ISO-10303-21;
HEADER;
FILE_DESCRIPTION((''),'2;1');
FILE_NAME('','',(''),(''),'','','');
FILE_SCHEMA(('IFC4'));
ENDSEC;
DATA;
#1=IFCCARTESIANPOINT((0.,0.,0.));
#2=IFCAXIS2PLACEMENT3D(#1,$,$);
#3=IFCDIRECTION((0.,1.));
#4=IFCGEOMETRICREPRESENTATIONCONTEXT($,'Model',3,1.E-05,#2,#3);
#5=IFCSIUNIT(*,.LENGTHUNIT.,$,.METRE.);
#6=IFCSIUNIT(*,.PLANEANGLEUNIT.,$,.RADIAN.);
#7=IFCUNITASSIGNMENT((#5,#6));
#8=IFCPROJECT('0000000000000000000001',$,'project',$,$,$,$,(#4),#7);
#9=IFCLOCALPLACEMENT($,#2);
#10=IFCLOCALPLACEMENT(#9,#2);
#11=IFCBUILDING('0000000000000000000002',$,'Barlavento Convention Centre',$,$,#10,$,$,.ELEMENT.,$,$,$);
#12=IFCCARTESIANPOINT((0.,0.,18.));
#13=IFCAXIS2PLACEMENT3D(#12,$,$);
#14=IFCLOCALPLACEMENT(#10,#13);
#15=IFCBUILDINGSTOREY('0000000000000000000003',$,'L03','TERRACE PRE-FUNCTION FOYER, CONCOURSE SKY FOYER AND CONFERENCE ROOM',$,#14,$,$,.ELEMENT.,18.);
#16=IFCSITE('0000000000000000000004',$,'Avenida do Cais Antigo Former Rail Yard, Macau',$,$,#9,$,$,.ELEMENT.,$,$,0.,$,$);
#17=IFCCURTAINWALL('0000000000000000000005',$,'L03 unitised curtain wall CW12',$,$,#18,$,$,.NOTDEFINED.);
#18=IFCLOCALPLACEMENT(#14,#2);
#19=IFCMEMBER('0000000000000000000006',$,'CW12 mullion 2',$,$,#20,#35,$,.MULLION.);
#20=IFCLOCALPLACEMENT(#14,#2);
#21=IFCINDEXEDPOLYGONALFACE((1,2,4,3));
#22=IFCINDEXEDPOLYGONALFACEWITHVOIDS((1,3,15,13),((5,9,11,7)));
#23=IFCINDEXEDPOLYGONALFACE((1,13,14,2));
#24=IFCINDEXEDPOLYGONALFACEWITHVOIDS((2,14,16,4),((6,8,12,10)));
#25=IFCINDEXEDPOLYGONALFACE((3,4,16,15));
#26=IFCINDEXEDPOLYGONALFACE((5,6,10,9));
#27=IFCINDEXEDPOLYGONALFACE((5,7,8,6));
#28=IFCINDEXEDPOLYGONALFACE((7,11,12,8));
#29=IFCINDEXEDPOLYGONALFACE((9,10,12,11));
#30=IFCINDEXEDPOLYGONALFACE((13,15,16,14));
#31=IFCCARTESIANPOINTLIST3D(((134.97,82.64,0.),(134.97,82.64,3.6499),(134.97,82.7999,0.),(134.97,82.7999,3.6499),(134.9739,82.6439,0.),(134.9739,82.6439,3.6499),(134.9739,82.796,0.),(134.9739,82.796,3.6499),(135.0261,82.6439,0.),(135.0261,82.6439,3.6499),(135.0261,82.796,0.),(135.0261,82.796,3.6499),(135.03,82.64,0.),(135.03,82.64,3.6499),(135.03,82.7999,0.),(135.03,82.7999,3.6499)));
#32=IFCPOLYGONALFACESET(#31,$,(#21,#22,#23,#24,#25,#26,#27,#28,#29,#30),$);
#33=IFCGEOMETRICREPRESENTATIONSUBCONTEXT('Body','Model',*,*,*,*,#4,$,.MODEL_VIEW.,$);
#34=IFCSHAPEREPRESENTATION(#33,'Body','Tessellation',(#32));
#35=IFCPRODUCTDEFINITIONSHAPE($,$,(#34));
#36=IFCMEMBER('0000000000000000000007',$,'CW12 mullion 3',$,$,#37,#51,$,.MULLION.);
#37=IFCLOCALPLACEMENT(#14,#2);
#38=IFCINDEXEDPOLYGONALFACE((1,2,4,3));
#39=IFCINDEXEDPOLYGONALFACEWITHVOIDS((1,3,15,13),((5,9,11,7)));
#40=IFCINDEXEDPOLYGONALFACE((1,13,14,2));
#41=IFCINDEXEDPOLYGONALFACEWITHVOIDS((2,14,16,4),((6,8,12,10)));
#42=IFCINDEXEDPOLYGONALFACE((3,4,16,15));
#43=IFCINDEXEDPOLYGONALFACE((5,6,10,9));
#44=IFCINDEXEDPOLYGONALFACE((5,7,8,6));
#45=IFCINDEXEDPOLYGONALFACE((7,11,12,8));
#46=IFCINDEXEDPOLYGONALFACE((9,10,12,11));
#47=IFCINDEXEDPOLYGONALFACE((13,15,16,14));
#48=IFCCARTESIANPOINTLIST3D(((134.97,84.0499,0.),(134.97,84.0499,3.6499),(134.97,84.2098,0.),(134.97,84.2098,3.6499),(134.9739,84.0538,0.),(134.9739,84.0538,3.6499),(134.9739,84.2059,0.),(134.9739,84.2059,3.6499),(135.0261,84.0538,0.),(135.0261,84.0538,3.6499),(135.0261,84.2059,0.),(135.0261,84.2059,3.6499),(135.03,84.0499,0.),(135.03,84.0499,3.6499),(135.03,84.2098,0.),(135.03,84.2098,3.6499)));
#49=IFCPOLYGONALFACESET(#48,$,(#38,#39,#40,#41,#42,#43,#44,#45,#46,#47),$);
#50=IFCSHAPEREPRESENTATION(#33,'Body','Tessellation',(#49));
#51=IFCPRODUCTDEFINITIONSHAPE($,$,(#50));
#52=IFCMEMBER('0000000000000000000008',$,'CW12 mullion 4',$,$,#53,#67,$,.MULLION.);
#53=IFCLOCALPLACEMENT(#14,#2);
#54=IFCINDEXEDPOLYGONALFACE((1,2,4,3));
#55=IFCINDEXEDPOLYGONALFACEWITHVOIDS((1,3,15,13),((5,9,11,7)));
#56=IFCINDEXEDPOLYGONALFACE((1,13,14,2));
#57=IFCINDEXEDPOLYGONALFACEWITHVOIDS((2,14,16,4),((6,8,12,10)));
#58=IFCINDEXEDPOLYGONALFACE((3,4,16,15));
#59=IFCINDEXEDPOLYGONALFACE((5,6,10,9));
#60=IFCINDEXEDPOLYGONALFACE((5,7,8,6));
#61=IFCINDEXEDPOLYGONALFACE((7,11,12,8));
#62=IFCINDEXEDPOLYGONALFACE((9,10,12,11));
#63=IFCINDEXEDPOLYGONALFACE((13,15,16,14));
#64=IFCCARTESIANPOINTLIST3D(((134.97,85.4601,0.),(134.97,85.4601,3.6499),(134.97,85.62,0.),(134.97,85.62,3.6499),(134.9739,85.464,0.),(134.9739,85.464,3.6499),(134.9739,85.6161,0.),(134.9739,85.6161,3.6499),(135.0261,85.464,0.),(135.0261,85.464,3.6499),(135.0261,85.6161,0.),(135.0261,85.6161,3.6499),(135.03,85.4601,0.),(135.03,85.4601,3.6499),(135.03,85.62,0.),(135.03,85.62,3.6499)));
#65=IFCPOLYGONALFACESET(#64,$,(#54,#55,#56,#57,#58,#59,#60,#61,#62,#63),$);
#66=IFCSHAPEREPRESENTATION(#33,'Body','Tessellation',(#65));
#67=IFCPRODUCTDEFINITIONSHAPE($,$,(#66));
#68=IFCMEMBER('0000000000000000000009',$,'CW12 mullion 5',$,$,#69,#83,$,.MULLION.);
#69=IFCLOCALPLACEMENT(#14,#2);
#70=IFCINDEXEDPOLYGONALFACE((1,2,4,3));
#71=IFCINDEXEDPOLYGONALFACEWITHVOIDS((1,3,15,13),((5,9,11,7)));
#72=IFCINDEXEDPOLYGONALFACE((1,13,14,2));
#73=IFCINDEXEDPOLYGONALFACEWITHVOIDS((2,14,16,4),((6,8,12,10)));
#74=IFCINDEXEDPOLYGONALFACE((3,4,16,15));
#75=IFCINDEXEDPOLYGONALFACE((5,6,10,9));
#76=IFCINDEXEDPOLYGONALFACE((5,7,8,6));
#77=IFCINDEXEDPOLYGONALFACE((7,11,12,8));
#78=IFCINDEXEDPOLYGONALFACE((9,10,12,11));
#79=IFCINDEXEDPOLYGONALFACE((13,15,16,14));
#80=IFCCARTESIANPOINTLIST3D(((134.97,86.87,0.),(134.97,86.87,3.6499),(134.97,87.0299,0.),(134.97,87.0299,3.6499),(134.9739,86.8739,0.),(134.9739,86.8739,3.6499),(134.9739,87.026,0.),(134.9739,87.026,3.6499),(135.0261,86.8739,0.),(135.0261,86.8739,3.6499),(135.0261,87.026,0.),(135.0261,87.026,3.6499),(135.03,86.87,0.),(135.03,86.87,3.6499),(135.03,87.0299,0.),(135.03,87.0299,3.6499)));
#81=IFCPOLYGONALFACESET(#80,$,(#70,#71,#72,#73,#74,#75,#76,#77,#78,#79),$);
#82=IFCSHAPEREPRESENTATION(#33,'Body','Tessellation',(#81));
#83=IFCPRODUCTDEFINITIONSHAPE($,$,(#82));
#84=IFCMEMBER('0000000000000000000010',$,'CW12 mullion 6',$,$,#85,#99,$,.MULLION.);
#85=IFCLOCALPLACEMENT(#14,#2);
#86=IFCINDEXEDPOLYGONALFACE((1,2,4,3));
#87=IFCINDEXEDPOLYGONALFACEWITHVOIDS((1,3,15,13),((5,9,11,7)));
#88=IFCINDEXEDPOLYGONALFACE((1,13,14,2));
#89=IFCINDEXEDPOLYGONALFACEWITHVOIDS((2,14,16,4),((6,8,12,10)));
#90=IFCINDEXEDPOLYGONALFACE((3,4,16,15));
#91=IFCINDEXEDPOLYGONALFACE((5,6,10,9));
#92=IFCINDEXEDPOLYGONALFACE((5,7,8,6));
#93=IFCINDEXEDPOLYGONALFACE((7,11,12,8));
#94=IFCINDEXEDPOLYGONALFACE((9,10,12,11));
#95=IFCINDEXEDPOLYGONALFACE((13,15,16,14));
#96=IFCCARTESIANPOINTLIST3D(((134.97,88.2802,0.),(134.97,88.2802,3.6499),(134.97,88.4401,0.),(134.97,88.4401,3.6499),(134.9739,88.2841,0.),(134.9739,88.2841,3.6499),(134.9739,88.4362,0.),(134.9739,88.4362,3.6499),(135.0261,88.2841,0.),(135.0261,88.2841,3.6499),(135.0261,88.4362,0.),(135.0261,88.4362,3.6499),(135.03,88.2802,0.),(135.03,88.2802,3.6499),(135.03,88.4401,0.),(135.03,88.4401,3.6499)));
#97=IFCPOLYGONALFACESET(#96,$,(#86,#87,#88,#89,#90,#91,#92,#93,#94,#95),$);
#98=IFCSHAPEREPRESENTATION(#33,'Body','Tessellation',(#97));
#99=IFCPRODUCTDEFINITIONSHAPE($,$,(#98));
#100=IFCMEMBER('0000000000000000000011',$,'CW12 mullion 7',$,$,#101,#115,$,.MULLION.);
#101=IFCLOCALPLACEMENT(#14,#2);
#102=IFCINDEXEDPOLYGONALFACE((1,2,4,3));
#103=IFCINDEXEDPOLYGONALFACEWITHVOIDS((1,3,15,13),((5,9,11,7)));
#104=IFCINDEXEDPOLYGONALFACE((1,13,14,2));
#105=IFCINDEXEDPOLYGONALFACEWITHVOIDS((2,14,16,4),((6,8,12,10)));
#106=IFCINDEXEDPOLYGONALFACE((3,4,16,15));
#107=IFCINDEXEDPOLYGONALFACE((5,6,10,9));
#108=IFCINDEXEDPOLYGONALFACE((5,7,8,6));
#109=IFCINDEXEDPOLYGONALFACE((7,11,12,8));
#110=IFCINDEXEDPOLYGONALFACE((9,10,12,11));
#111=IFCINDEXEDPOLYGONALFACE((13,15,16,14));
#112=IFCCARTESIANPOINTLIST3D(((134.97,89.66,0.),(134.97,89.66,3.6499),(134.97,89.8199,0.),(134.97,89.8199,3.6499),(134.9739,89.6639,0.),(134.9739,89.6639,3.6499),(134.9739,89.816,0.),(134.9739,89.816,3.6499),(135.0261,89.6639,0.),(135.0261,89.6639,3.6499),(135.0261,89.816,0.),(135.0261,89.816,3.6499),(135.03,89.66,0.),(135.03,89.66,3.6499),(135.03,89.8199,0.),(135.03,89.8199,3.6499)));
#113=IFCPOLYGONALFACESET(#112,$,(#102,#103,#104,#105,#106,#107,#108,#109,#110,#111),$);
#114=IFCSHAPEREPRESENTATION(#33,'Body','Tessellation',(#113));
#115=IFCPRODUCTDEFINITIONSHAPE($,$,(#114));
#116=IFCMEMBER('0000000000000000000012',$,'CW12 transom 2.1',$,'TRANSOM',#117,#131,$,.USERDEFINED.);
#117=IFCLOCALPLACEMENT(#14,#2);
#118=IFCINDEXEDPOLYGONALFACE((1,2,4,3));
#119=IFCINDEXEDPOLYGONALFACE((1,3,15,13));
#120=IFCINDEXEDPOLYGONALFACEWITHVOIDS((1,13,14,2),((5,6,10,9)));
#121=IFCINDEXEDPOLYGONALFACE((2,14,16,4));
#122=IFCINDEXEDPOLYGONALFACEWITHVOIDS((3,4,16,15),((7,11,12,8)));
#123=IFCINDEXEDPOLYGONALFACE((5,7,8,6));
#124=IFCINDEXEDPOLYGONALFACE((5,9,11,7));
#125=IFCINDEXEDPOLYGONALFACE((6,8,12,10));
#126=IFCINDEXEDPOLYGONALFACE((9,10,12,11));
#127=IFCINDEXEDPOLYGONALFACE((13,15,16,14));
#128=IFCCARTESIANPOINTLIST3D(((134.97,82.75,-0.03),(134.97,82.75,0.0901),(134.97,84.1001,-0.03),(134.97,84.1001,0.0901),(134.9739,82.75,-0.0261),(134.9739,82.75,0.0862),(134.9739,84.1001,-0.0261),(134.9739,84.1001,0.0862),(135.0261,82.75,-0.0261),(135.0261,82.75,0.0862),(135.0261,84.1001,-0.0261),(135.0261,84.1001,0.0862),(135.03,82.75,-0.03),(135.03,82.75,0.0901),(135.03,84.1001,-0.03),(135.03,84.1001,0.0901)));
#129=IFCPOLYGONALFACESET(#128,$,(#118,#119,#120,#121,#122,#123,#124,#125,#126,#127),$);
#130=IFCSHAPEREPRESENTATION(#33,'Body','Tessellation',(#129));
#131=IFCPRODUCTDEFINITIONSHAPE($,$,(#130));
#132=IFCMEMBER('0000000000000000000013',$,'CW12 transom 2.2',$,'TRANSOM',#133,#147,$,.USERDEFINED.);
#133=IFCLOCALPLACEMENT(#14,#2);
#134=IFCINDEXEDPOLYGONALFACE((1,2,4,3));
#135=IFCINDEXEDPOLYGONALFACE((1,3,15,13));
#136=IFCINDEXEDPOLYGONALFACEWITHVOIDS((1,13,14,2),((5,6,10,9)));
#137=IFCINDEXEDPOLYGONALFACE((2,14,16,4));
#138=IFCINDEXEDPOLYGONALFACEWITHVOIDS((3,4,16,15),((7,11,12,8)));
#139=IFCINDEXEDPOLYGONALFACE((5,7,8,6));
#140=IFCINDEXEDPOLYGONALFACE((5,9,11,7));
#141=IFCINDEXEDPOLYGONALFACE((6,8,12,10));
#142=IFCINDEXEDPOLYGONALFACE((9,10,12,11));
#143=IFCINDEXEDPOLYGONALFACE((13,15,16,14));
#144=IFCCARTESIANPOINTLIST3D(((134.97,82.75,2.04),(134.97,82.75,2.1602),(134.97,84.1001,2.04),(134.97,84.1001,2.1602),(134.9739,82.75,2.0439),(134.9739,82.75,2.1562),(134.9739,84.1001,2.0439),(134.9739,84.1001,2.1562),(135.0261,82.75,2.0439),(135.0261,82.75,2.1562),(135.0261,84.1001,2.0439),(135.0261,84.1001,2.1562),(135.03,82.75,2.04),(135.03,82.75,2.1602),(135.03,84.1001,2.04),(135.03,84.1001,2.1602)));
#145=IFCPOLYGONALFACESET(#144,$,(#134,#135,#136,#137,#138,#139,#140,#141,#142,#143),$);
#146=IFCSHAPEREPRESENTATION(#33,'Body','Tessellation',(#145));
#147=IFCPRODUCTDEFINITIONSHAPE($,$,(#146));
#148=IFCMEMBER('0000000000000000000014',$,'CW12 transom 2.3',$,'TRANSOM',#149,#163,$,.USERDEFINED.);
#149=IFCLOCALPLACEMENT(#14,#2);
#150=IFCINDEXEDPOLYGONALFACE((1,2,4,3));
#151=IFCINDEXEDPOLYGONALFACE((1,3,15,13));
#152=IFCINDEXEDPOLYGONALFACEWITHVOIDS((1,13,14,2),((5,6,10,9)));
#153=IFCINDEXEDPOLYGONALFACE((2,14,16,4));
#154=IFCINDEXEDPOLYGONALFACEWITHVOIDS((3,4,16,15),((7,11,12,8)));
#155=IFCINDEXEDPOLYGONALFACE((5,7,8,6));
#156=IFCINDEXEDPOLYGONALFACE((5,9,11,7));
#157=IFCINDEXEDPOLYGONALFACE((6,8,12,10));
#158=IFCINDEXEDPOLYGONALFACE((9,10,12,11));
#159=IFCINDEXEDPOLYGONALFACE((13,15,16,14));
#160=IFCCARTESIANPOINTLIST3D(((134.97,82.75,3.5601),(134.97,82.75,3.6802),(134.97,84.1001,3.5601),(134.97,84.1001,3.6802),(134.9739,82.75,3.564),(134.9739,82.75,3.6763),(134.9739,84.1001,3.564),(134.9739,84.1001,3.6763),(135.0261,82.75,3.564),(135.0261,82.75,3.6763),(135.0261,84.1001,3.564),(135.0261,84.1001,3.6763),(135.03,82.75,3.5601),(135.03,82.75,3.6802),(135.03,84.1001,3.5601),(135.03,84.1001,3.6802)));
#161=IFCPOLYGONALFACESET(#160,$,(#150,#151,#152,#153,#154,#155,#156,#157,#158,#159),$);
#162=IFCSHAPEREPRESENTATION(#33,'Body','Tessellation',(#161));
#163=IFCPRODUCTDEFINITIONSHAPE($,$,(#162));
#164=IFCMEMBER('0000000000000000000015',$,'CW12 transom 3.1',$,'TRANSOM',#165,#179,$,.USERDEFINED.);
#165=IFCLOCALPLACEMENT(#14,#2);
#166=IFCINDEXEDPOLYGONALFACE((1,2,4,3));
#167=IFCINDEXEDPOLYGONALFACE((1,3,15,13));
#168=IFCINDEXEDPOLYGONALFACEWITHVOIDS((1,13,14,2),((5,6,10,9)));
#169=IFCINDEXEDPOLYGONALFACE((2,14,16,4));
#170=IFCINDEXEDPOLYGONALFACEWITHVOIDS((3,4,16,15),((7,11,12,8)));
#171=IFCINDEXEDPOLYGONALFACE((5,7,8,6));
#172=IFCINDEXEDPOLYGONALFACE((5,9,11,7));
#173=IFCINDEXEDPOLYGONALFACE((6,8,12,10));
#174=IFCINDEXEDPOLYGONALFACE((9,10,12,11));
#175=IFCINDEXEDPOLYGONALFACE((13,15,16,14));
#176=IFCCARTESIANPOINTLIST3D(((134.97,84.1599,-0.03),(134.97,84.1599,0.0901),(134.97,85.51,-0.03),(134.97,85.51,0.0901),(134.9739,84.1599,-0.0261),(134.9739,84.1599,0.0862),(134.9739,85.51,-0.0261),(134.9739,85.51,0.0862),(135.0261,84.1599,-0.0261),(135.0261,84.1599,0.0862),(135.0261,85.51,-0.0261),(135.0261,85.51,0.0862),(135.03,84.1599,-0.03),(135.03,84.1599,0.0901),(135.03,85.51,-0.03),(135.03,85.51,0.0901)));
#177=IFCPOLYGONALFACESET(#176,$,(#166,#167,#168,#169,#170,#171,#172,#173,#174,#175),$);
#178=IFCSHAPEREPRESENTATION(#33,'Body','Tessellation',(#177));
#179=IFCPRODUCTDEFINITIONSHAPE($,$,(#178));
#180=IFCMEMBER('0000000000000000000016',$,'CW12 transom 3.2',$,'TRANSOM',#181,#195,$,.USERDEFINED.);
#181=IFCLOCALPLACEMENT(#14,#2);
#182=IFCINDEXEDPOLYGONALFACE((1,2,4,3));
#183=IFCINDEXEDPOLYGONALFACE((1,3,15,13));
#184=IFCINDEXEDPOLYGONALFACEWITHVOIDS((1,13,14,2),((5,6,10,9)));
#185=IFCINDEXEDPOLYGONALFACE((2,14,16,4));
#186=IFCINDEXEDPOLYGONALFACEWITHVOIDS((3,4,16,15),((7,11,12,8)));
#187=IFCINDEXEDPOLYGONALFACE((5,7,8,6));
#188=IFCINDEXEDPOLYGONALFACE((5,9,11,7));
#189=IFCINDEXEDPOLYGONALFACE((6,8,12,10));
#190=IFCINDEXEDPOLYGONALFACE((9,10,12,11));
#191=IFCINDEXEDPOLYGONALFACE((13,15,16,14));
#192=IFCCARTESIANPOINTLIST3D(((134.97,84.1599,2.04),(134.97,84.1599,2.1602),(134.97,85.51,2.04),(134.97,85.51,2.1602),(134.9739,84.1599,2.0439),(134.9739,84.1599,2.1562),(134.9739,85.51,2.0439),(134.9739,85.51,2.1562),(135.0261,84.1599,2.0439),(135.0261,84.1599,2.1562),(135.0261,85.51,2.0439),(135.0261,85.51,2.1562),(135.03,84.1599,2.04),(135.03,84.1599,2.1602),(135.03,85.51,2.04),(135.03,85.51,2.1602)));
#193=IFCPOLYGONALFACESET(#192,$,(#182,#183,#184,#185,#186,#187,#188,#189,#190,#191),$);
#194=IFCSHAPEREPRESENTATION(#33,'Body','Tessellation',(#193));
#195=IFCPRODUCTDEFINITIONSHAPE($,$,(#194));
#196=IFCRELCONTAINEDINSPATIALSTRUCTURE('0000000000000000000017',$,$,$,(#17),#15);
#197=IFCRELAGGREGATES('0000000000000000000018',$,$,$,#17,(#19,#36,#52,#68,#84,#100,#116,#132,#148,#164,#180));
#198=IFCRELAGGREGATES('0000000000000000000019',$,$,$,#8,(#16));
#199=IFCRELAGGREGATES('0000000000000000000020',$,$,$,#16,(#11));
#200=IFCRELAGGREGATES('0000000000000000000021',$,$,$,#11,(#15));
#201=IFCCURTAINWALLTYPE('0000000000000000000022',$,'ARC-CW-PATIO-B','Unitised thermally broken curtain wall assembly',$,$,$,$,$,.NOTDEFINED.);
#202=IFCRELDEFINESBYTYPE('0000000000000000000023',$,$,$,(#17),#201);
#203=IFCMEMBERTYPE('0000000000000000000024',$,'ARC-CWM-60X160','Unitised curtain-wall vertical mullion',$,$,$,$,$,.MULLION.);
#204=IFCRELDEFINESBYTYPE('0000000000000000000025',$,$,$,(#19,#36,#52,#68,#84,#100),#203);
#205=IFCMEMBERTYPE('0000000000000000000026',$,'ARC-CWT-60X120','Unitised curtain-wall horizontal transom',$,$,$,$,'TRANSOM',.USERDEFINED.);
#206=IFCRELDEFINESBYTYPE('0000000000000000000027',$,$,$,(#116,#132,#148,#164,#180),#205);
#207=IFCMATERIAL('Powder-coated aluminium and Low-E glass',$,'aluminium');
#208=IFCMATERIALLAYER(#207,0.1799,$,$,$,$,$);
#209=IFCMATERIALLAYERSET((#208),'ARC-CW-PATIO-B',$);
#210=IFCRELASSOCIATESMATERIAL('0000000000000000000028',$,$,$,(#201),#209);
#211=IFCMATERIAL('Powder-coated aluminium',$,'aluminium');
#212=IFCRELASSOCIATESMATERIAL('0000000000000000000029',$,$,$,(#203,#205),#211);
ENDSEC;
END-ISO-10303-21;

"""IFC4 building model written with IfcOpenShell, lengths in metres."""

from ifc_helpers import new_model, si_unit, direction, frame, origin, origin_2d, place, context, subcontext, project, spatial, hollow_rectangle, extrude, material, layer, layer_set, material_profile, profile_set, type_object, element, aggregate, save


model = new_model("IFC4")

# Units and contexts
model_context = context("Model", 3, precision=1e-05, world=origin(), true_north=direction((0.0, 1.0)))
body_context = subcontext(model_context, "Body", "Model", "MODEL_VIEW")
ifc_project = project(units=[si_unit("LENGTHUNIT", "METRE"), si_unit("PLANEANGLEUNIT", "RADIAN")], contexts=[model_context])

# Site, building, storey
site_placement = place(None, origin())
site = spatial("IfcSite", under=ifc_project, at=site_placement, Name="Avenida do Cais Antigo Former Rail Yard, Macau", CompositionType="ELEMENT", RefElevation=0.0)
building_placement = place(site_placement, origin())
building = spatial("IfcBuilding", under=site, at=building_placement, Name="Barlavento Convention Centre", CompositionType="ELEMENT")
storey_placement = place(building_placement, frame((0.0, 0.0, 18.0)))
storey = spatial("IfcBuildingStorey", under=building, at=storey_placement, Name="L03", Description="TERRACE PRE-FUNCTION FOYER, CONCOURSE SKY FOYER AND CONFERENCE ROOM", CompositionType="ELEMENT", Elevation=18.0)

# Curtain wall, members
ifc_material_1 = material(Name="Powder-coated aluminium and Low-E glass", Category="aluminium")
ifc_layer_1 = layer(ifc_material_1, 0.1799)
ifc_layer_set_1 = layer_set([ifc_layer_1], Name="ARC-CW-PATIO-B")
curtain_wall_type = type_object("IfcCurtainWallType", Name="ARC-CW-PATIO-B", Description="Unitised thermally broken curtain wall assembly", PredefinedType="NOTDEFINED", material=ifc_layer_set_1)
curtain_wall_placement = place(storey_placement, origin())
curtain_wall = element("IfcCurtainWall", 1, at=curtain_wall_placement, inside=storey, type_object=curtain_wall_type, Name="L03 unitised curtain wall CW12", PredefinedType="NOTDEFINED")
ifc_material_2 = material(Name="Powder-coated aluminium", Category="aluminium")
ifc_material_profile_1 = material_profile(ifc_material_2, hollow_rectangle(XDim=0.0601, YDim=0.1599, WallThickness=0.0039, at=origin_2d()), Name="AL-MULL 60x160x4")
ifc_profile_set_1 = profile_set([ifc_material_profile_1], Name="Powder-coated aluminium")
member_type_1 = type_object("IfcMemberType", Name="ARC-CWM-60X160", Description="Unitised curtain-wall vertical mullion", PredefinedType="MULLION", material=ifc_profile_set_1)
member_1_placement = place(storey_placement, frame((135.0, 82.72, 0.0), z_axis=(0.0, 0.0, 1.0), x_axis=(-1.0, 0.0, 0.0)))
member_1 = element("IfcMember", 2, at=member_1_placement, type_object=member_type_1, Name="CW12 mullion 2", PredefinedType="MULLION", context=body_context, shape_type="SweptSolid", body=[
    extrude(hollow_rectangle(XDim=0.0601, YDim=0.1599, WallThickness=0.0039, at=origin_2d()), origin(), (0.0, 0.0, 1.0), 3.6499),
])
member_2_placement = place(storey_placement, frame((135.0, 84.1299, 0.0), z_axis=(0.0, 0.0, 1.0), x_axis=(-1.0, 0.0, 0.0)))
member_2 = element("IfcMember", 3, at=member_2_placement, type_object=member_type_1, Name="CW12 mullion 3", PredefinedType="MULLION", context=body_context, shape_type="SweptSolid", body=[
    extrude(hollow_rectangle(XDim=0.0601, YDim=0.1599, WallThickness=0.0039, at=origin_2d()), origin(), (0.0, 0.0, 1.0), 3.6499),
])
member_3_placement = place(storey_placement, frame((135.0, 85.54, 0.0), z_axis=(0.0, 0.0, 1.0), x_axis=(-1.0, 0.0, 0.0)))
member_3 = element("IfcMember", 4, at=member_3_placement, type_object=member_type_1, Name="CW12 mullion 4", PredefinedType="MULLION", context=body_context, shape_type="SweptSolid", body=[
    extrude(hollow_rectangle(XDim=0.0601, YDim=0.1599, WallThickness=0.0039, at=origin_2d()), origin(), (0.0, 0.0, 1.0), 3.6499),
])
member_4_placement = place(storey_placement, frame((135.0, 86.95, 0.0), z_axis=(0.0, 0.0, 1.0), x_axis=(-1.0, 0.0, 0.0)))
member_4 = element("IfcMember", 5, at=member_4_placement, type_object=member_type_1, Name="CW12 mullion 5", PredefinedType="MULLION", context=body_context, shape_type="SweptSolid", body=[
    extrude(hollow_rectangle(XDim=0.0601, YDim=0.1599, WallThickness=0.0039, at=origin_2d()), origin(), (0.0, 0.0, 1.0), 3.6499),
])
member_5_placement = place(storey_placement, frame((135.0, 88.3601, 0.0), z_axis=(0.0, 0.0, 1.0), x_axis=(-1.0, 0.0, 0.0)))
member_5 = element("IfcMember", 6, at=member_5_placement, type_object=member_type_1, Name="CW12 mullion 6", PredefinedType="MULLION", context=body_context, shape_type="SweptSolid", body=[
    extrude(hollow_rectangle(XDim=0.0601, YDim=0.1599, WallThickness=0.0039, at=origin_2d()), origin(), (0.0, 0.0, 1.0), 3.6499),
])
member_6_placement = place(storey_placement, frame((135.0, 89.74, 0.0), z_axis=(0.0, 0.0, 1.0), x_axis=(-1.0, 0.0, 0.0)))
member_6 = element("IfcMember", 7, at=member_6_placement, type_object=member_type_1, Name="CW12 mullion 7", PredefinedType="MULLION", context=body_context, shape_type="SweptSolid", body=[
    extrude(hollow_rectangle(XDim=0.0601, YDim=0.1599, WallThickness=0.0039, at=origin_2d()), origin(), (0.0, 0.0, 1.0), 3.6499),
])
ifc_material_profile_2 = material_profile(ifc_material_2, hollow_rectangle(XDim=0.0601, YDim=0.1201, WallThickness=0.0039, at=origin_2d()), Name="AL-TRAN 60x120x4")
ifc_profile_set_2 = profile_set([ifc_material_profile_2], Name="Powder-coated aluminium")
member_type_2 = type_object("IfcMemberType", Name="ARC-CWT-60X120", Description="Unitised curtain-wall horizontal transom", ElementType="TRANSOM", PredefinedType="USERDEFINED", material=ifc_profile_set_2)
member_7_placement = place(storey_placement, frame((135.0, 82.75, 0.03), z_axis=(0.0, 1.0, 0.0), x_axis=(-1.0, 0.0, 0.0)))
member_7 = element("IfcMember", 8, at=member_7_placement, type_object=member_type_2, Name="CW12 transom 2.1", ObjectType="TRANSOM", PredefinedType="USERDEFINED", context=body_context, shape_type="SweptSolid", body=[
    extrude(hollow_rectangle(XDim=0.0601, YDim=0.1201, WallThickness=0.0039, at=origin_2d()), origin(), (0.0, 0.0, 1.0), 1.3501),
])
member_8_placement = place(storey_placement, frame((135.0, 82.75, 2.1001), z_axis=(0.0, 1.0, 0.0), x_axis=(-1.0, 0.0, 0.0)))
member_8 = element("IfcMember", 9, at=member_8_placement, type_object=member_type_2, Name="CW12 transom 2.2", ObjectType="TRANSOM", PredefinedType="USERDEFINED", context=body_context, shape_type="SweptSolid", body=[
    extrude(hollow_rectangle(XDim=0.0601, YDim=0.1201, WallThickness=0.0039, at=origin_2d()), origin(), (0.0, 0.0, 1.0), 1.3501),
])
member_9_placement = place(storey_placement, frame((135.0, 82.75, 3.6201), z_axis=(0.0, 1.0, 0.0), x_axis=(-1.0, 0.0, 0.0)))
member_9 = element("IfcMember", 10, at=member_9_placement, type_object=member_type_2, Name="CW12 transom 2.3", ObjectType="TRANSOM", PredefinedType="USERDEFINED", context=body_context, shape_type="SweptSolid", body=[
    extrude(hollow_rectangle(XDim=0.0601, YDim=0.1201, WallThickness=0.0039, at=origin_2d()), origin(), (0.0, 0.0, 1.0), 1.3501),
])
member_10_placement = place(storey_placement, frame((135.0, 84.1599, 0.03), z_axis=(0.0, 1.0, 0.0), x_axis=(-1.0, 0.0, 0.0)))
member_10 = element("IfcMember", 11, at=member_10_placement, type_object=member_type_2, Name="CW12 transom 3.1", ObjectType="TRANSOM", PredefinedType="USERDEFINED", context=body_context, shape_type="SweptSolid", body=[
    extrude(hollow_rectangle(XDim=0.0601, YDim=0.1201, WallThickness=0.0039, at=origin_2d()), origin(), (0.0, 0.0, 1.0), 1.3501),
])
member_11_placement = place(storey_placement, frame((135.0, 84.1599, 2.1001), z_axis=(0.0, 1.0, 0.0), x_axis=(-1.0, 0.0, 0.0)))
member_11 = element("IfcMember", 12, at=member_11_placement, type_object=member_type_2, Name="CW12 transom 3.2", ObjectType="TRANSOM", PredefinedType="USERDEFINED", context=body_context, shape_type="SweptSolid", body=[
    extrude(hollow_rectangle(XDim=0.0601, YDim=0.1201, WallThickness=0.0039, at=origin_2d()), origin(), (0.0, 0.0, 1.0), 1.3501),
])

aggregate(curtain_wall, [member_1, member_2, member_3, member_4, member_5, member_6, member_7, member_8, member_9, member_10, member_11])

save(model, "model.ifc")
